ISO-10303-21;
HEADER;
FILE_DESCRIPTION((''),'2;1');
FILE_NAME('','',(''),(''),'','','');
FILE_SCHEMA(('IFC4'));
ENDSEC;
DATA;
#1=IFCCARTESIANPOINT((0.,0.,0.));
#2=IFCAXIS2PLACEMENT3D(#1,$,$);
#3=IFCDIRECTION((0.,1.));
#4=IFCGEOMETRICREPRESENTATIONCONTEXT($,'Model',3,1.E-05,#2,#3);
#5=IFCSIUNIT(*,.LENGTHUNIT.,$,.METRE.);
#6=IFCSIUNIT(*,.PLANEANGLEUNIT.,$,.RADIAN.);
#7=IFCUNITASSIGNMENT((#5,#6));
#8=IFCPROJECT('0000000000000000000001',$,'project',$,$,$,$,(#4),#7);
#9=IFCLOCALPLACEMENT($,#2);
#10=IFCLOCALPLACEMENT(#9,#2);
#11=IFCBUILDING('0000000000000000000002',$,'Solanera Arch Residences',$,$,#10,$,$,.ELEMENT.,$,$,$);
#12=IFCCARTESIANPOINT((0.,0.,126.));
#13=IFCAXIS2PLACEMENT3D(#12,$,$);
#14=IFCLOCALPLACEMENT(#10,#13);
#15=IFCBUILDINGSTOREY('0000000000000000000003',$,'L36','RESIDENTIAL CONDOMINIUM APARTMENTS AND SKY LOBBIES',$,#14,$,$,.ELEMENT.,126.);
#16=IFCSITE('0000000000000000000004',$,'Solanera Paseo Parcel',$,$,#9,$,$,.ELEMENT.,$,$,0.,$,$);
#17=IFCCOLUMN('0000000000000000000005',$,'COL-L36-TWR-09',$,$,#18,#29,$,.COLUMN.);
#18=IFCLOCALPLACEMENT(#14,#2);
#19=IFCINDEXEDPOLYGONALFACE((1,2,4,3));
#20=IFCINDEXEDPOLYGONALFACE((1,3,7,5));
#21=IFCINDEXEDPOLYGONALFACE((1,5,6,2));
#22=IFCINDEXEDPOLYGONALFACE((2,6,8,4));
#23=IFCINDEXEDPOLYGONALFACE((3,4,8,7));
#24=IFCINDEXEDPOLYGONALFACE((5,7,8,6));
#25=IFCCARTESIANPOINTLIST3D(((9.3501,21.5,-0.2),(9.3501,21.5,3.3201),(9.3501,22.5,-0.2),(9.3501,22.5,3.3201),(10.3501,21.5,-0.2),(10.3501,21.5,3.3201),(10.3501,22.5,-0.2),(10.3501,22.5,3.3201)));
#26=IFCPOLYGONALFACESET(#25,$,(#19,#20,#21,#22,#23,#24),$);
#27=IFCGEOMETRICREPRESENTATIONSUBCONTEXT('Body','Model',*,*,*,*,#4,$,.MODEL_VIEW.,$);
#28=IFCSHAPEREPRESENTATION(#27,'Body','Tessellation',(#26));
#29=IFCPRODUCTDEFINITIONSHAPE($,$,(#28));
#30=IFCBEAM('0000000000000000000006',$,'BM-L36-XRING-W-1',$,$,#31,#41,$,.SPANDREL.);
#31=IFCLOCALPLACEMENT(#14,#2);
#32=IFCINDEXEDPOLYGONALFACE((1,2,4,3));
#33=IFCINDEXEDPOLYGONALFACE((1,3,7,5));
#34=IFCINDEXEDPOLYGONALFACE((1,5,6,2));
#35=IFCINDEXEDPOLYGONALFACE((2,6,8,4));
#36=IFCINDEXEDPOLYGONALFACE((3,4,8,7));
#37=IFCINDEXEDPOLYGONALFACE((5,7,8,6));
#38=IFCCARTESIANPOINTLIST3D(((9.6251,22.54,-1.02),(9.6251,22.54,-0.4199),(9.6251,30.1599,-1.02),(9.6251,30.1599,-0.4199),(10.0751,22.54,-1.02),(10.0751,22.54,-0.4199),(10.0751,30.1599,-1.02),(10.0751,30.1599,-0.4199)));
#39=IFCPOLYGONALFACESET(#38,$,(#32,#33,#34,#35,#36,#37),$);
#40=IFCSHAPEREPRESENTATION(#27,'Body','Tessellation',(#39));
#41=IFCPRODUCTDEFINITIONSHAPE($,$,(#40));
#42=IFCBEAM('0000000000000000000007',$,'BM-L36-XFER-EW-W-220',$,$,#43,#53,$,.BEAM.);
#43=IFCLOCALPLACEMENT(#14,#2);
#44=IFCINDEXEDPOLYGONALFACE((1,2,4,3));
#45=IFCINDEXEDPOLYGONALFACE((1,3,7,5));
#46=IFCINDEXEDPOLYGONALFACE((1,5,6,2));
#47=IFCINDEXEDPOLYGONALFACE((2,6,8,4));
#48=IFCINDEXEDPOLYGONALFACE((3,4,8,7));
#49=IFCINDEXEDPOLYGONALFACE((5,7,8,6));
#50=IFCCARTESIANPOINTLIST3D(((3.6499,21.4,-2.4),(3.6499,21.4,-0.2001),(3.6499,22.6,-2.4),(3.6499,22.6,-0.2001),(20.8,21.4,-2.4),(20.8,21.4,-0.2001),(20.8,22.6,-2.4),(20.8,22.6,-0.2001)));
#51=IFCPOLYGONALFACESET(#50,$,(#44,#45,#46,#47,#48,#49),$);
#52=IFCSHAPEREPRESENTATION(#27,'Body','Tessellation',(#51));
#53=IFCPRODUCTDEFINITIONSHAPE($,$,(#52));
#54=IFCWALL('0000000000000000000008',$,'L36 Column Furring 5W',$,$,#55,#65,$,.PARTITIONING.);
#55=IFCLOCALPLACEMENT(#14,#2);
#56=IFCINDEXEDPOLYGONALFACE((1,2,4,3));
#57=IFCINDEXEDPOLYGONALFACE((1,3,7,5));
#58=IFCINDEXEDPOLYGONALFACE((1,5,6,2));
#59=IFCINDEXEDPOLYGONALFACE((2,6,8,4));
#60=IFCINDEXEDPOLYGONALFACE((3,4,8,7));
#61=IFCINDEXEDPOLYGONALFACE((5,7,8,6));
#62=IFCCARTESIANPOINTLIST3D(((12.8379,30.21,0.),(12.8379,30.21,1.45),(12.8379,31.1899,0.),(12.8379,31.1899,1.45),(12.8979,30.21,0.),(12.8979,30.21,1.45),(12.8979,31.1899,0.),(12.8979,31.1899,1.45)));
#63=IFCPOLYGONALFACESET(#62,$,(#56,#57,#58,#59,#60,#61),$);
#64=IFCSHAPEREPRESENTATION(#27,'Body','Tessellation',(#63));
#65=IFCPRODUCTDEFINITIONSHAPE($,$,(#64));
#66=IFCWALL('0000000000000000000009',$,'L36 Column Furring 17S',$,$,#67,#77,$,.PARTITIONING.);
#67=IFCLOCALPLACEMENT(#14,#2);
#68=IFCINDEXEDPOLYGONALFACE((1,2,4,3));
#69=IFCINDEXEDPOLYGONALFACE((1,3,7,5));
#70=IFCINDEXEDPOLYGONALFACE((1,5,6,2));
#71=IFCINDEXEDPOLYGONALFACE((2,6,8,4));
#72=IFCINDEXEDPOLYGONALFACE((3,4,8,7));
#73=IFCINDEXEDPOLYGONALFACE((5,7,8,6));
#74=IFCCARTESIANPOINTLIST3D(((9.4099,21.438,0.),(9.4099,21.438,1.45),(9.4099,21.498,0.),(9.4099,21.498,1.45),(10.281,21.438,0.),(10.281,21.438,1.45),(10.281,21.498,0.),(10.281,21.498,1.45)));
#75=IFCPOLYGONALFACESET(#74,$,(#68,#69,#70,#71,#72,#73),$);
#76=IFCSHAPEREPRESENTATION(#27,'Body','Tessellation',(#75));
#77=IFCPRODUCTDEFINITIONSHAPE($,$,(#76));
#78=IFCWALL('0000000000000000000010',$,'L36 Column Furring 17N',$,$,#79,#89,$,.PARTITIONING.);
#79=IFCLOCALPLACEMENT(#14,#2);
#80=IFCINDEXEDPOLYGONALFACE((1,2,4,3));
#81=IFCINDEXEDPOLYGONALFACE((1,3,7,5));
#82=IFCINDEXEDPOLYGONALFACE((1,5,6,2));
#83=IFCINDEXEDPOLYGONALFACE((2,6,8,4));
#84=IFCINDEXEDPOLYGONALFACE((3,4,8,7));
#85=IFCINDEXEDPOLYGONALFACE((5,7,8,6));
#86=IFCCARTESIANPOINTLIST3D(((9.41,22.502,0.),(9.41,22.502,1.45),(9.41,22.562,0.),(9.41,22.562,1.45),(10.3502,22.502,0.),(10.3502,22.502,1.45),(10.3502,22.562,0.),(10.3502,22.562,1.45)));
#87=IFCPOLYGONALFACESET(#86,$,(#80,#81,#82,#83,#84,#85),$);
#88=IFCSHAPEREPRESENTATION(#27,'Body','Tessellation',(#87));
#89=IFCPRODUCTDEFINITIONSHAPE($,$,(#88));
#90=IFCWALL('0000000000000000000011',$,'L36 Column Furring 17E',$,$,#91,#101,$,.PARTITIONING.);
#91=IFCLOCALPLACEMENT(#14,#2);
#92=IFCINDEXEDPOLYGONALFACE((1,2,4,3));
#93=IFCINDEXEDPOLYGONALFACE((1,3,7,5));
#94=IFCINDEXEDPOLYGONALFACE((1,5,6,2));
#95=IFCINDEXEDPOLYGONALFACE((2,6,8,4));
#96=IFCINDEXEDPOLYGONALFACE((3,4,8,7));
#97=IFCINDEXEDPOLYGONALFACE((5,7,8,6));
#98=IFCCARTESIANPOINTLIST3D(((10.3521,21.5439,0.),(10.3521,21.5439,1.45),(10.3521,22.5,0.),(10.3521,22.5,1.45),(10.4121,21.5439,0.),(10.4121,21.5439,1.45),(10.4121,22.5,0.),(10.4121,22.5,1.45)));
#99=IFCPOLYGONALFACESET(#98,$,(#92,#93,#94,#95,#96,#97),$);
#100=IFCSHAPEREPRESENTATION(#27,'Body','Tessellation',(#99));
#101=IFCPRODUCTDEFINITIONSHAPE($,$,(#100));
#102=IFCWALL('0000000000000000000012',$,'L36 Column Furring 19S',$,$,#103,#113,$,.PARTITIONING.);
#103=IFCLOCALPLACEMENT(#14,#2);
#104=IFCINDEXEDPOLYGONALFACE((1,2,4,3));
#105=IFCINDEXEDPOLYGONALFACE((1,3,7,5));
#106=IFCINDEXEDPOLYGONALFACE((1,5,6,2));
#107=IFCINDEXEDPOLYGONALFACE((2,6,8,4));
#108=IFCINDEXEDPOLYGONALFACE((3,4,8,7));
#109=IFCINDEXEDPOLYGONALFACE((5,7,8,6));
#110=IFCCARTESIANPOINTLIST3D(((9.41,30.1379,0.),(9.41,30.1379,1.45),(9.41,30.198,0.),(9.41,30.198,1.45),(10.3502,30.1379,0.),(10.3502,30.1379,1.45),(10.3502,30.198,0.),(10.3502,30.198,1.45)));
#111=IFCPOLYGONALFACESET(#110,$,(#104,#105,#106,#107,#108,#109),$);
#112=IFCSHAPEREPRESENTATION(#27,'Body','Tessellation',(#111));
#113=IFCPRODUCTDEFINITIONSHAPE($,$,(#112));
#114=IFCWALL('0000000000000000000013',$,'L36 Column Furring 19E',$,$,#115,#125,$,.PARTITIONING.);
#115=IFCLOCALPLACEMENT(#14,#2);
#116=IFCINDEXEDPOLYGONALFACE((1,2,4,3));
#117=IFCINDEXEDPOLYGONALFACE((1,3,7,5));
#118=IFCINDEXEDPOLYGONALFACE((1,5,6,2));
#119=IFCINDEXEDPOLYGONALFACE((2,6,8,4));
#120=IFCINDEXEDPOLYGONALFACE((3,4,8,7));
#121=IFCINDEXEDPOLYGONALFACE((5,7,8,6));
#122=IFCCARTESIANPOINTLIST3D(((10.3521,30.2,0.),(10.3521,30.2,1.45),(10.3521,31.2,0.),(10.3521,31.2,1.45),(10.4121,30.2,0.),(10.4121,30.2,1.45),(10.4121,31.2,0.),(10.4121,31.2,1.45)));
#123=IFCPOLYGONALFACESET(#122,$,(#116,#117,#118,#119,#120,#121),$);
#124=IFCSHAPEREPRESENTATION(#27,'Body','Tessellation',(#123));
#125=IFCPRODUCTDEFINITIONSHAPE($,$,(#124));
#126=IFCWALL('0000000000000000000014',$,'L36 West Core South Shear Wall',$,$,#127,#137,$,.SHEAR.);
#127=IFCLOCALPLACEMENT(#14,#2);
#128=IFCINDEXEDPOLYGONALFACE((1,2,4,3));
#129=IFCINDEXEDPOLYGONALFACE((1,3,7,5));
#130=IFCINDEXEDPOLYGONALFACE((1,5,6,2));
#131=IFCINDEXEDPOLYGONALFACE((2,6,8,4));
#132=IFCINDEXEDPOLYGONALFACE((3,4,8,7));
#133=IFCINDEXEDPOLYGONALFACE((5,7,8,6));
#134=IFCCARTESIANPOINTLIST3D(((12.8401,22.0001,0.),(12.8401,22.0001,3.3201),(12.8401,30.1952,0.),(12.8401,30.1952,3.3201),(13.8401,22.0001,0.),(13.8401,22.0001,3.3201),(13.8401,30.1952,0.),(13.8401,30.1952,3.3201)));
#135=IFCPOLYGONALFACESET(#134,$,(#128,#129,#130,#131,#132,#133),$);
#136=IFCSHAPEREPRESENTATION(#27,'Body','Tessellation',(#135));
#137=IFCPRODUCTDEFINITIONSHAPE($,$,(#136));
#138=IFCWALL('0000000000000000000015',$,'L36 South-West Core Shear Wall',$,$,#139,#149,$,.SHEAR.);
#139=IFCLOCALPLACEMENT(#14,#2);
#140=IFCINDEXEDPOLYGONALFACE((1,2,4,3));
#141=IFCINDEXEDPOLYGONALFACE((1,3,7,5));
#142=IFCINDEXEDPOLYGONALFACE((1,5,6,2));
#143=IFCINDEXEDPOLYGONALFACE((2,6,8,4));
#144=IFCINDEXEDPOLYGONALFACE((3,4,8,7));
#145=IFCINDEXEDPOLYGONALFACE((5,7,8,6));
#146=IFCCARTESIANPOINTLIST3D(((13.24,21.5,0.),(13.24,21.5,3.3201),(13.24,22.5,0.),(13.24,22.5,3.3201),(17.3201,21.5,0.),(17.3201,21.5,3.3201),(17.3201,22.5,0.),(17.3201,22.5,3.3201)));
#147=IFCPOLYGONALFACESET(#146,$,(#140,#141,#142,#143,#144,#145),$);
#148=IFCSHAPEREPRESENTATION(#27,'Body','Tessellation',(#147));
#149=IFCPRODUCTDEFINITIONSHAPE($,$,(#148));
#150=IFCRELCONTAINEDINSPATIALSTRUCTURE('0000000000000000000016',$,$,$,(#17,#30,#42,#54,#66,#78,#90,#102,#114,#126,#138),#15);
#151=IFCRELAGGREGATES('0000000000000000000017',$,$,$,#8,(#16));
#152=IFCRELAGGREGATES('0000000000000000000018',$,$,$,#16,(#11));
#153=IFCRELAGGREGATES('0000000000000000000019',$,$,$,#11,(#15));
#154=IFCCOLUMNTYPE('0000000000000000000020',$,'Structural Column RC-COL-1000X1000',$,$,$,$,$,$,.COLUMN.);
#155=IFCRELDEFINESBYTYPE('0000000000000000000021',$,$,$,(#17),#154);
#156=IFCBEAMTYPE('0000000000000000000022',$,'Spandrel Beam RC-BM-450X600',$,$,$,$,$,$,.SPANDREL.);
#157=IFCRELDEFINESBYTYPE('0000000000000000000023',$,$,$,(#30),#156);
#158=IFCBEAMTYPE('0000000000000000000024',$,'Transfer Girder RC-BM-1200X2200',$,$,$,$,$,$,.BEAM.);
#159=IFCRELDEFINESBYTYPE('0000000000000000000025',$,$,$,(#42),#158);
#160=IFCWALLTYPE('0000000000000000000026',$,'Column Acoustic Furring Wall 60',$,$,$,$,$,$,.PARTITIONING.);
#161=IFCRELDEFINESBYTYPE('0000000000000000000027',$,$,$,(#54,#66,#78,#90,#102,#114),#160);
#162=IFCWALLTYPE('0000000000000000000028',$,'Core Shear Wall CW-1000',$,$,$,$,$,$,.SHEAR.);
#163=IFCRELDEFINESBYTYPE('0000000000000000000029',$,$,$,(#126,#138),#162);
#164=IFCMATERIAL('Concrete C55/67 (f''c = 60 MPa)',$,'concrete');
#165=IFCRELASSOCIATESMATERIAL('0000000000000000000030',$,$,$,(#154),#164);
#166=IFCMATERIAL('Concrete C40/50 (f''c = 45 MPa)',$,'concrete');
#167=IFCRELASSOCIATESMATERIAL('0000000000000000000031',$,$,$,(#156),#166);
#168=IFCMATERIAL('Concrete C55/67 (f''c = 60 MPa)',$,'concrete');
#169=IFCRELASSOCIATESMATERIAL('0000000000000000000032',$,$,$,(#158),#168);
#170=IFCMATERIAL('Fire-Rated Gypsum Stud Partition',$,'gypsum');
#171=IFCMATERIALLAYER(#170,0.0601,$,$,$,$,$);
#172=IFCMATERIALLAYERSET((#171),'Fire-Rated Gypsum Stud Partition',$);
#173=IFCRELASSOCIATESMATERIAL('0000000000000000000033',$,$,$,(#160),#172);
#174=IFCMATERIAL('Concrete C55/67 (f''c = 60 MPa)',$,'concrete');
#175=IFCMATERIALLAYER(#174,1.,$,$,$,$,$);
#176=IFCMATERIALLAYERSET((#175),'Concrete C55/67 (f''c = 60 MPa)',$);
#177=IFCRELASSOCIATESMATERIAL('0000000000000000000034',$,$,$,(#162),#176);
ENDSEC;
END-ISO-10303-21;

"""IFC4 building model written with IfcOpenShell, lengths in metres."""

from ifc_helpers import new_model, si_unit, direction, frame, frame_2d, origin, origin_2d, place, context, subcontext, project, spatial, rectangle, extrude, material, layer, layer_set, material_profile, profile_set, type_object, element, save


model = new_model("IFC4")

# Units and contexts
model_context = context("Model", 3, precision=1e-05, world=origin(), true_north=direction((0.0, 1.0)))
body_context = subcontext(model_context, "Body", "Model", "MODEL_VIEW")
ifc_project = project(units=[si_unit("LENGTHUNIT", "METRE"), si_unit("PLANEANGLEUNIT", "RADIAN")], contexts=[model_context])

# Site, building, storey
site_placement = place(None, origin())
site = spatial("IfcSite", under=ifc_project, at=site_placement, Name="Solanera Paseo Parcel", CompositionType="ELEMENT", RefElevation=0.0)
building_placement = place(site_placement, origin())
building = spatial("IfcBuilding", under=site, at=building_placement, Name="Solanera Arch Residences", CompositionType="ELEMENT")
storey_placement = place(building_placement, frame((0.0, 0.0, 126.0)))
storey = spatial("IfcBuildingStorey", under=building, at=storey_placement, Name="L36", Description="RESIDENTIAL CONDOMINIUM APARTMENTS AND SKY LOBBIES", CompositionType="ELEMENT", Elevation=126.0)

# Column
ifc_material_1 = material(Name="Concrete C55/67 (f'c = 60 MPa)", Category="concrete")
ifc_material_profile_1 = material_profile(ifc_material_1, rectangle(XDim=1.0, YDim=1.0, at=origin_2d()))
ifc_profile_set_1 = profile_set([ifc_material_profile_1], Name="Concrete C55/67 (f'c = 60 MPa)")
column_type = type_object("IfcColumnType", Name="Structural Column RC-COL-1000X1000", PredefinedType="COLUMN", material=ifc_profile_set_1)
column_placement = place(storey_placement, frame((9.8501, 22.0, -0.2), z_axis=(0.0, 0.0, 1.0), x_axis=(1.0, 0.0, 0.0)))
element("IfcColumn", 1, at=column_placement, inside=storey, type_object=column_type, Name="COL-L36-TWR-09", PredefinedType="COLUMN", context=body_context, shape_type="SweptSolid", body=[
    extrude(rectangle(XDim=1.0, YDim=1.0, at=origin_2d()), origin(), (0.0, 0.0, 1.0), 3.52),
])

# Beams
ifc_material_2 = material(Name="Concrete C40/50 (f'c = 45 MPa)", Category="concrete")
ifc_material_profile_2 = material_profile(ifc_material_2, rectangle(XDim=0.45, YDim=0.6001, at=origin_2d()))
ifc_profile_set_2 = profile_set([ifc_material_profile_2], Name="Concrete C40/50 (f'c = 45 MPa)")
beam_type_1 = type_object("IfcBeamType", Name="Spandrel Beam RC-BM-450X600", PredefinedType="SPANDREL", material=ifc_profile_set_2)
beam_1_placement = place(storey_placement, frame((9.8501, 22.54, -0.72), z_axis=(0.0, 1.0, 0.0), x_axis=(-1.0, 0.0, 0.0)))
element("IfcBeam", 2, at=beam_1_placement, inside=storey, type_object=beam_type_1, Name="BM-L36-XRING-W-1", PredefinedType="SPANDREL", context=body_context, shape_type="SweptSolid", body=[
    extrude(rectangle(XDim=0.45, YDim=0.6001, at=origin_2d()), origin(), (0.0, 0.0, 1.0), 7.6199),
])
ifc_material_3 = material(Name="Concrete C55/67 (f'c = 60 MPa)", Category="concrete")
ifc_material_profile_3 = material_profile(ifc_material_3, rectangle(XDim=1.2, YDim=2.2, at=origin_2d()))
ifc_profile_set_3 = profile_set([ifc_material_profile_3], Name="Concrete C55/67 (f'c = 60 MPa)")
beam_type_2 = type_object("IfcBeamType", Name="Transfer Girder RC-BM-1200X2200", PredefinedType="BEAM", material=ifc_profile_set_3)
beam_2_placement = place(storey_placement, frame((3.6499, 22.0, -1.3), z_axis=(1.0, 0.0, 0.0), x_axis=(0.0, 1.0, 0.0)))
element("IfcBeam", 3, at=beam_2_placement, inside=storey, type_object=beam_type_2, Name="BM-L36-XFER-EW-W-220", PredefinedType="BEAM", context=body_context, shape_type="SweptSolid", body=[
    extrude(rectangle(XDim=1.2, YDim=2.2, at=origin_2d()), origin(), (0.0, 0.0, 1.0), 17.1501),
])

# Walls
ifc_material_4 = material(Name="Fire-Rated Gypsum Stud Partition", Category="gypsum")
ifc_layer_1 = layer(ifc_material_4, 0.0601)
ifc_layer_set_1 = layer_set([ifc_layer_1], Name="Fire-Rated Gypsum Stud Partition")
wall_type_1 = type_object("IfcWallType", Name="Column Acoustic Furring Wall 60", PredefinedType="PARTITIONING", material=ifc_layer_set_1)
wall_1_placement = place(storey_placement, frame((12.8679, 30.21, 0.0), z_axis=(0.0, 0.0, 1.0), x_axis=(0.0, 1.0, 0.0)))
element("IfcWall", 4, at=wall_1_placement, inside=storey, type_object=wall_type_1, Name="L36 Column Furring 5W", PredefinedType="PARTITIONING", context=body_context, shape_type="SweptSolid", body=[
    extrude(rectangle(XDim=0.98, YDim=0.0601, at=frame_2d((0.49, 0.0))), origin(), (0.0, 0.0, 1.0), 1.45),
])
wall_2_placement = place(storey_placement, frame((9.4099, 21.468, 0.0), z_axis=(0.0, 0.0, 1.0), x_axis=(1.0, 0.0, 0.0)))
element("IfcWall", 5, at=wall_2_placement, inside=storey, type_object=wall_type_1, Name="L36 Column Furring 17S", PredefinedType="PARTITIONING", context=body_context, shape_type="SweptSolid", body=[
    extrude(rectangle(XDim=0.8711, YDim=0.0601, at=frame_2d((0.4355, 0.0))), origin(), (0.0, 0.0, 1.0), 1.45),
])
wall_3_placement = place(storey_placement, frame((9.4099, 22.532, 0.0), z_axis=(0.0, 0.0, 1.0), x_axis=(1.0, 0.0, 0.0)))
element("IfcWall", 6, at=wall_3_placement, inside=storey, type_object=wall_type_1, Name="L36 Column Furring 17N", PredefinedType="PARTITIONING", context=body_context, shape_type="SweptSolid", body=[
    extrude(rectangle(XDim=0.9402, YDim=0.0601, at=frame_2d((0.4702, 0.0))), origin(), (0.0, 0.0, 1.0), 1.45),
])
wall_4_placement = place(storey_placement, frame((10.3821, 21.5439, 0.0), z_axis=(0.0, 0.0, 1.0), x_axis=(0.0, 1.0, 0.0)))
element("IfcWall", 7, at=wall_4_placement, inside=storey, type_object=wall_type_1, Name="L36 Column Furring 17E", PredefinedType="PARTITIONING", context=body_context, shape_type="SweptSolid", body=[
    extrude(rectangle(XDim=0.9561, YDim=0.0601, at=frame_2d((0.478, 0.0))), origin(), (0.0, 0.0, 1.0), 1.45),
])
wall_5_placement = place(storey_placement, frame((9.4099, 30.168, 0.0), z_axis=(0.0, 0.0, 1.0), x_axis=(1.0, 0.0, 0.0)))
element("IfcWall", 8, at=wall_5_placement, inside=storey, type_object=wall_type_1, Name="L36 Column Furring 19S", PredefinedType="PARTITIONING", context=body_context, shape_type="SweptSolid", body=[
    extrude(rectangle(XDim=0.9402, YDim=0.0601, at=frame_2d((0.4702, 0.0))), origin(), (0.0, 0.0, 1.0), 1.45),
])
wall_6_placement = place(storey_placement, frame((10.3821, 30.2, 0.0), z_axis=(0.0, 0.0, 1.0), x_axis=(0.0, 1.0, 0.0)))
element("IfcWall", 9, at=wall_6_placement, inside=storey, type_object=wall_type_1, Name="L36 Column Furring 19E", PredefinedType="PARTITIONING", context=body_context, shape_type="SweptSolid", body=[
    extrude(rectangle(XDim=1.0, YDim=0.0601, at=frame_2d((0.5, 0.0))), origin(), (0.0, 0.0, 1.0), 1.45),
])
ifc_material_5 = material(Name="Concrete C55/67 (f'c = 60 MPa)", Category="concrete")
ifc_layer_2 = layer(ifc_material_5, 1.0)
ifc_layer_set_2 = layer_set([ifc_layer_2], Name="Concrete C55/67 (f'c = 60 MPa)")
wall_type_2 = type_object("IfcWallType", Name="Core Shear Wall CW-1000", PredefinedType="SHEAR", material=ifc_layer_set_2)
wall_7_placement = place(storey_placement, frame((13.3401, 22.0, 0.0), z_axis=(0.0, 0.0, 1.0), x_axis=(0.0, 1.0, 0.0)))
element("IfcWall", 10, at=wall_7_placement, inside=storey, type_object=wall_type_2, Name="L36 West Core South Shear Wall", PredefinedType="SHEAR", context=body_context, shape_type="SweptSolid", body=[
    extrude(rectangle(XDim=8.1951, YDim=1.0, at=frame_2d((4.0977, 0.0))), origin(), (0.0, 0.0, 1.0), 3.3201),
])
wall_8_placement = place(storey_placement, frame((13.24, 22.0, 0.0), z_axis=(0.0, 0.0, 1.0), x_axis=(1.0, 0.0, 0.0)))
element("IfcWall", 11, at=wall_8_placement, inside=storey, type_object=wall_type_2, Name="L36 South-West Core Shear Wall", PredefinedType="SHEAR", context=body_context, shape_type="SweptSolid", body=[
    extrude(rectangle(XDim=4.0801, YDim=1.0, at=frame_2d((2.04, 0.0))), origin(), (0.0, 0.0, 1.0), 3.3201),
])

save(model, "model.ifc")
